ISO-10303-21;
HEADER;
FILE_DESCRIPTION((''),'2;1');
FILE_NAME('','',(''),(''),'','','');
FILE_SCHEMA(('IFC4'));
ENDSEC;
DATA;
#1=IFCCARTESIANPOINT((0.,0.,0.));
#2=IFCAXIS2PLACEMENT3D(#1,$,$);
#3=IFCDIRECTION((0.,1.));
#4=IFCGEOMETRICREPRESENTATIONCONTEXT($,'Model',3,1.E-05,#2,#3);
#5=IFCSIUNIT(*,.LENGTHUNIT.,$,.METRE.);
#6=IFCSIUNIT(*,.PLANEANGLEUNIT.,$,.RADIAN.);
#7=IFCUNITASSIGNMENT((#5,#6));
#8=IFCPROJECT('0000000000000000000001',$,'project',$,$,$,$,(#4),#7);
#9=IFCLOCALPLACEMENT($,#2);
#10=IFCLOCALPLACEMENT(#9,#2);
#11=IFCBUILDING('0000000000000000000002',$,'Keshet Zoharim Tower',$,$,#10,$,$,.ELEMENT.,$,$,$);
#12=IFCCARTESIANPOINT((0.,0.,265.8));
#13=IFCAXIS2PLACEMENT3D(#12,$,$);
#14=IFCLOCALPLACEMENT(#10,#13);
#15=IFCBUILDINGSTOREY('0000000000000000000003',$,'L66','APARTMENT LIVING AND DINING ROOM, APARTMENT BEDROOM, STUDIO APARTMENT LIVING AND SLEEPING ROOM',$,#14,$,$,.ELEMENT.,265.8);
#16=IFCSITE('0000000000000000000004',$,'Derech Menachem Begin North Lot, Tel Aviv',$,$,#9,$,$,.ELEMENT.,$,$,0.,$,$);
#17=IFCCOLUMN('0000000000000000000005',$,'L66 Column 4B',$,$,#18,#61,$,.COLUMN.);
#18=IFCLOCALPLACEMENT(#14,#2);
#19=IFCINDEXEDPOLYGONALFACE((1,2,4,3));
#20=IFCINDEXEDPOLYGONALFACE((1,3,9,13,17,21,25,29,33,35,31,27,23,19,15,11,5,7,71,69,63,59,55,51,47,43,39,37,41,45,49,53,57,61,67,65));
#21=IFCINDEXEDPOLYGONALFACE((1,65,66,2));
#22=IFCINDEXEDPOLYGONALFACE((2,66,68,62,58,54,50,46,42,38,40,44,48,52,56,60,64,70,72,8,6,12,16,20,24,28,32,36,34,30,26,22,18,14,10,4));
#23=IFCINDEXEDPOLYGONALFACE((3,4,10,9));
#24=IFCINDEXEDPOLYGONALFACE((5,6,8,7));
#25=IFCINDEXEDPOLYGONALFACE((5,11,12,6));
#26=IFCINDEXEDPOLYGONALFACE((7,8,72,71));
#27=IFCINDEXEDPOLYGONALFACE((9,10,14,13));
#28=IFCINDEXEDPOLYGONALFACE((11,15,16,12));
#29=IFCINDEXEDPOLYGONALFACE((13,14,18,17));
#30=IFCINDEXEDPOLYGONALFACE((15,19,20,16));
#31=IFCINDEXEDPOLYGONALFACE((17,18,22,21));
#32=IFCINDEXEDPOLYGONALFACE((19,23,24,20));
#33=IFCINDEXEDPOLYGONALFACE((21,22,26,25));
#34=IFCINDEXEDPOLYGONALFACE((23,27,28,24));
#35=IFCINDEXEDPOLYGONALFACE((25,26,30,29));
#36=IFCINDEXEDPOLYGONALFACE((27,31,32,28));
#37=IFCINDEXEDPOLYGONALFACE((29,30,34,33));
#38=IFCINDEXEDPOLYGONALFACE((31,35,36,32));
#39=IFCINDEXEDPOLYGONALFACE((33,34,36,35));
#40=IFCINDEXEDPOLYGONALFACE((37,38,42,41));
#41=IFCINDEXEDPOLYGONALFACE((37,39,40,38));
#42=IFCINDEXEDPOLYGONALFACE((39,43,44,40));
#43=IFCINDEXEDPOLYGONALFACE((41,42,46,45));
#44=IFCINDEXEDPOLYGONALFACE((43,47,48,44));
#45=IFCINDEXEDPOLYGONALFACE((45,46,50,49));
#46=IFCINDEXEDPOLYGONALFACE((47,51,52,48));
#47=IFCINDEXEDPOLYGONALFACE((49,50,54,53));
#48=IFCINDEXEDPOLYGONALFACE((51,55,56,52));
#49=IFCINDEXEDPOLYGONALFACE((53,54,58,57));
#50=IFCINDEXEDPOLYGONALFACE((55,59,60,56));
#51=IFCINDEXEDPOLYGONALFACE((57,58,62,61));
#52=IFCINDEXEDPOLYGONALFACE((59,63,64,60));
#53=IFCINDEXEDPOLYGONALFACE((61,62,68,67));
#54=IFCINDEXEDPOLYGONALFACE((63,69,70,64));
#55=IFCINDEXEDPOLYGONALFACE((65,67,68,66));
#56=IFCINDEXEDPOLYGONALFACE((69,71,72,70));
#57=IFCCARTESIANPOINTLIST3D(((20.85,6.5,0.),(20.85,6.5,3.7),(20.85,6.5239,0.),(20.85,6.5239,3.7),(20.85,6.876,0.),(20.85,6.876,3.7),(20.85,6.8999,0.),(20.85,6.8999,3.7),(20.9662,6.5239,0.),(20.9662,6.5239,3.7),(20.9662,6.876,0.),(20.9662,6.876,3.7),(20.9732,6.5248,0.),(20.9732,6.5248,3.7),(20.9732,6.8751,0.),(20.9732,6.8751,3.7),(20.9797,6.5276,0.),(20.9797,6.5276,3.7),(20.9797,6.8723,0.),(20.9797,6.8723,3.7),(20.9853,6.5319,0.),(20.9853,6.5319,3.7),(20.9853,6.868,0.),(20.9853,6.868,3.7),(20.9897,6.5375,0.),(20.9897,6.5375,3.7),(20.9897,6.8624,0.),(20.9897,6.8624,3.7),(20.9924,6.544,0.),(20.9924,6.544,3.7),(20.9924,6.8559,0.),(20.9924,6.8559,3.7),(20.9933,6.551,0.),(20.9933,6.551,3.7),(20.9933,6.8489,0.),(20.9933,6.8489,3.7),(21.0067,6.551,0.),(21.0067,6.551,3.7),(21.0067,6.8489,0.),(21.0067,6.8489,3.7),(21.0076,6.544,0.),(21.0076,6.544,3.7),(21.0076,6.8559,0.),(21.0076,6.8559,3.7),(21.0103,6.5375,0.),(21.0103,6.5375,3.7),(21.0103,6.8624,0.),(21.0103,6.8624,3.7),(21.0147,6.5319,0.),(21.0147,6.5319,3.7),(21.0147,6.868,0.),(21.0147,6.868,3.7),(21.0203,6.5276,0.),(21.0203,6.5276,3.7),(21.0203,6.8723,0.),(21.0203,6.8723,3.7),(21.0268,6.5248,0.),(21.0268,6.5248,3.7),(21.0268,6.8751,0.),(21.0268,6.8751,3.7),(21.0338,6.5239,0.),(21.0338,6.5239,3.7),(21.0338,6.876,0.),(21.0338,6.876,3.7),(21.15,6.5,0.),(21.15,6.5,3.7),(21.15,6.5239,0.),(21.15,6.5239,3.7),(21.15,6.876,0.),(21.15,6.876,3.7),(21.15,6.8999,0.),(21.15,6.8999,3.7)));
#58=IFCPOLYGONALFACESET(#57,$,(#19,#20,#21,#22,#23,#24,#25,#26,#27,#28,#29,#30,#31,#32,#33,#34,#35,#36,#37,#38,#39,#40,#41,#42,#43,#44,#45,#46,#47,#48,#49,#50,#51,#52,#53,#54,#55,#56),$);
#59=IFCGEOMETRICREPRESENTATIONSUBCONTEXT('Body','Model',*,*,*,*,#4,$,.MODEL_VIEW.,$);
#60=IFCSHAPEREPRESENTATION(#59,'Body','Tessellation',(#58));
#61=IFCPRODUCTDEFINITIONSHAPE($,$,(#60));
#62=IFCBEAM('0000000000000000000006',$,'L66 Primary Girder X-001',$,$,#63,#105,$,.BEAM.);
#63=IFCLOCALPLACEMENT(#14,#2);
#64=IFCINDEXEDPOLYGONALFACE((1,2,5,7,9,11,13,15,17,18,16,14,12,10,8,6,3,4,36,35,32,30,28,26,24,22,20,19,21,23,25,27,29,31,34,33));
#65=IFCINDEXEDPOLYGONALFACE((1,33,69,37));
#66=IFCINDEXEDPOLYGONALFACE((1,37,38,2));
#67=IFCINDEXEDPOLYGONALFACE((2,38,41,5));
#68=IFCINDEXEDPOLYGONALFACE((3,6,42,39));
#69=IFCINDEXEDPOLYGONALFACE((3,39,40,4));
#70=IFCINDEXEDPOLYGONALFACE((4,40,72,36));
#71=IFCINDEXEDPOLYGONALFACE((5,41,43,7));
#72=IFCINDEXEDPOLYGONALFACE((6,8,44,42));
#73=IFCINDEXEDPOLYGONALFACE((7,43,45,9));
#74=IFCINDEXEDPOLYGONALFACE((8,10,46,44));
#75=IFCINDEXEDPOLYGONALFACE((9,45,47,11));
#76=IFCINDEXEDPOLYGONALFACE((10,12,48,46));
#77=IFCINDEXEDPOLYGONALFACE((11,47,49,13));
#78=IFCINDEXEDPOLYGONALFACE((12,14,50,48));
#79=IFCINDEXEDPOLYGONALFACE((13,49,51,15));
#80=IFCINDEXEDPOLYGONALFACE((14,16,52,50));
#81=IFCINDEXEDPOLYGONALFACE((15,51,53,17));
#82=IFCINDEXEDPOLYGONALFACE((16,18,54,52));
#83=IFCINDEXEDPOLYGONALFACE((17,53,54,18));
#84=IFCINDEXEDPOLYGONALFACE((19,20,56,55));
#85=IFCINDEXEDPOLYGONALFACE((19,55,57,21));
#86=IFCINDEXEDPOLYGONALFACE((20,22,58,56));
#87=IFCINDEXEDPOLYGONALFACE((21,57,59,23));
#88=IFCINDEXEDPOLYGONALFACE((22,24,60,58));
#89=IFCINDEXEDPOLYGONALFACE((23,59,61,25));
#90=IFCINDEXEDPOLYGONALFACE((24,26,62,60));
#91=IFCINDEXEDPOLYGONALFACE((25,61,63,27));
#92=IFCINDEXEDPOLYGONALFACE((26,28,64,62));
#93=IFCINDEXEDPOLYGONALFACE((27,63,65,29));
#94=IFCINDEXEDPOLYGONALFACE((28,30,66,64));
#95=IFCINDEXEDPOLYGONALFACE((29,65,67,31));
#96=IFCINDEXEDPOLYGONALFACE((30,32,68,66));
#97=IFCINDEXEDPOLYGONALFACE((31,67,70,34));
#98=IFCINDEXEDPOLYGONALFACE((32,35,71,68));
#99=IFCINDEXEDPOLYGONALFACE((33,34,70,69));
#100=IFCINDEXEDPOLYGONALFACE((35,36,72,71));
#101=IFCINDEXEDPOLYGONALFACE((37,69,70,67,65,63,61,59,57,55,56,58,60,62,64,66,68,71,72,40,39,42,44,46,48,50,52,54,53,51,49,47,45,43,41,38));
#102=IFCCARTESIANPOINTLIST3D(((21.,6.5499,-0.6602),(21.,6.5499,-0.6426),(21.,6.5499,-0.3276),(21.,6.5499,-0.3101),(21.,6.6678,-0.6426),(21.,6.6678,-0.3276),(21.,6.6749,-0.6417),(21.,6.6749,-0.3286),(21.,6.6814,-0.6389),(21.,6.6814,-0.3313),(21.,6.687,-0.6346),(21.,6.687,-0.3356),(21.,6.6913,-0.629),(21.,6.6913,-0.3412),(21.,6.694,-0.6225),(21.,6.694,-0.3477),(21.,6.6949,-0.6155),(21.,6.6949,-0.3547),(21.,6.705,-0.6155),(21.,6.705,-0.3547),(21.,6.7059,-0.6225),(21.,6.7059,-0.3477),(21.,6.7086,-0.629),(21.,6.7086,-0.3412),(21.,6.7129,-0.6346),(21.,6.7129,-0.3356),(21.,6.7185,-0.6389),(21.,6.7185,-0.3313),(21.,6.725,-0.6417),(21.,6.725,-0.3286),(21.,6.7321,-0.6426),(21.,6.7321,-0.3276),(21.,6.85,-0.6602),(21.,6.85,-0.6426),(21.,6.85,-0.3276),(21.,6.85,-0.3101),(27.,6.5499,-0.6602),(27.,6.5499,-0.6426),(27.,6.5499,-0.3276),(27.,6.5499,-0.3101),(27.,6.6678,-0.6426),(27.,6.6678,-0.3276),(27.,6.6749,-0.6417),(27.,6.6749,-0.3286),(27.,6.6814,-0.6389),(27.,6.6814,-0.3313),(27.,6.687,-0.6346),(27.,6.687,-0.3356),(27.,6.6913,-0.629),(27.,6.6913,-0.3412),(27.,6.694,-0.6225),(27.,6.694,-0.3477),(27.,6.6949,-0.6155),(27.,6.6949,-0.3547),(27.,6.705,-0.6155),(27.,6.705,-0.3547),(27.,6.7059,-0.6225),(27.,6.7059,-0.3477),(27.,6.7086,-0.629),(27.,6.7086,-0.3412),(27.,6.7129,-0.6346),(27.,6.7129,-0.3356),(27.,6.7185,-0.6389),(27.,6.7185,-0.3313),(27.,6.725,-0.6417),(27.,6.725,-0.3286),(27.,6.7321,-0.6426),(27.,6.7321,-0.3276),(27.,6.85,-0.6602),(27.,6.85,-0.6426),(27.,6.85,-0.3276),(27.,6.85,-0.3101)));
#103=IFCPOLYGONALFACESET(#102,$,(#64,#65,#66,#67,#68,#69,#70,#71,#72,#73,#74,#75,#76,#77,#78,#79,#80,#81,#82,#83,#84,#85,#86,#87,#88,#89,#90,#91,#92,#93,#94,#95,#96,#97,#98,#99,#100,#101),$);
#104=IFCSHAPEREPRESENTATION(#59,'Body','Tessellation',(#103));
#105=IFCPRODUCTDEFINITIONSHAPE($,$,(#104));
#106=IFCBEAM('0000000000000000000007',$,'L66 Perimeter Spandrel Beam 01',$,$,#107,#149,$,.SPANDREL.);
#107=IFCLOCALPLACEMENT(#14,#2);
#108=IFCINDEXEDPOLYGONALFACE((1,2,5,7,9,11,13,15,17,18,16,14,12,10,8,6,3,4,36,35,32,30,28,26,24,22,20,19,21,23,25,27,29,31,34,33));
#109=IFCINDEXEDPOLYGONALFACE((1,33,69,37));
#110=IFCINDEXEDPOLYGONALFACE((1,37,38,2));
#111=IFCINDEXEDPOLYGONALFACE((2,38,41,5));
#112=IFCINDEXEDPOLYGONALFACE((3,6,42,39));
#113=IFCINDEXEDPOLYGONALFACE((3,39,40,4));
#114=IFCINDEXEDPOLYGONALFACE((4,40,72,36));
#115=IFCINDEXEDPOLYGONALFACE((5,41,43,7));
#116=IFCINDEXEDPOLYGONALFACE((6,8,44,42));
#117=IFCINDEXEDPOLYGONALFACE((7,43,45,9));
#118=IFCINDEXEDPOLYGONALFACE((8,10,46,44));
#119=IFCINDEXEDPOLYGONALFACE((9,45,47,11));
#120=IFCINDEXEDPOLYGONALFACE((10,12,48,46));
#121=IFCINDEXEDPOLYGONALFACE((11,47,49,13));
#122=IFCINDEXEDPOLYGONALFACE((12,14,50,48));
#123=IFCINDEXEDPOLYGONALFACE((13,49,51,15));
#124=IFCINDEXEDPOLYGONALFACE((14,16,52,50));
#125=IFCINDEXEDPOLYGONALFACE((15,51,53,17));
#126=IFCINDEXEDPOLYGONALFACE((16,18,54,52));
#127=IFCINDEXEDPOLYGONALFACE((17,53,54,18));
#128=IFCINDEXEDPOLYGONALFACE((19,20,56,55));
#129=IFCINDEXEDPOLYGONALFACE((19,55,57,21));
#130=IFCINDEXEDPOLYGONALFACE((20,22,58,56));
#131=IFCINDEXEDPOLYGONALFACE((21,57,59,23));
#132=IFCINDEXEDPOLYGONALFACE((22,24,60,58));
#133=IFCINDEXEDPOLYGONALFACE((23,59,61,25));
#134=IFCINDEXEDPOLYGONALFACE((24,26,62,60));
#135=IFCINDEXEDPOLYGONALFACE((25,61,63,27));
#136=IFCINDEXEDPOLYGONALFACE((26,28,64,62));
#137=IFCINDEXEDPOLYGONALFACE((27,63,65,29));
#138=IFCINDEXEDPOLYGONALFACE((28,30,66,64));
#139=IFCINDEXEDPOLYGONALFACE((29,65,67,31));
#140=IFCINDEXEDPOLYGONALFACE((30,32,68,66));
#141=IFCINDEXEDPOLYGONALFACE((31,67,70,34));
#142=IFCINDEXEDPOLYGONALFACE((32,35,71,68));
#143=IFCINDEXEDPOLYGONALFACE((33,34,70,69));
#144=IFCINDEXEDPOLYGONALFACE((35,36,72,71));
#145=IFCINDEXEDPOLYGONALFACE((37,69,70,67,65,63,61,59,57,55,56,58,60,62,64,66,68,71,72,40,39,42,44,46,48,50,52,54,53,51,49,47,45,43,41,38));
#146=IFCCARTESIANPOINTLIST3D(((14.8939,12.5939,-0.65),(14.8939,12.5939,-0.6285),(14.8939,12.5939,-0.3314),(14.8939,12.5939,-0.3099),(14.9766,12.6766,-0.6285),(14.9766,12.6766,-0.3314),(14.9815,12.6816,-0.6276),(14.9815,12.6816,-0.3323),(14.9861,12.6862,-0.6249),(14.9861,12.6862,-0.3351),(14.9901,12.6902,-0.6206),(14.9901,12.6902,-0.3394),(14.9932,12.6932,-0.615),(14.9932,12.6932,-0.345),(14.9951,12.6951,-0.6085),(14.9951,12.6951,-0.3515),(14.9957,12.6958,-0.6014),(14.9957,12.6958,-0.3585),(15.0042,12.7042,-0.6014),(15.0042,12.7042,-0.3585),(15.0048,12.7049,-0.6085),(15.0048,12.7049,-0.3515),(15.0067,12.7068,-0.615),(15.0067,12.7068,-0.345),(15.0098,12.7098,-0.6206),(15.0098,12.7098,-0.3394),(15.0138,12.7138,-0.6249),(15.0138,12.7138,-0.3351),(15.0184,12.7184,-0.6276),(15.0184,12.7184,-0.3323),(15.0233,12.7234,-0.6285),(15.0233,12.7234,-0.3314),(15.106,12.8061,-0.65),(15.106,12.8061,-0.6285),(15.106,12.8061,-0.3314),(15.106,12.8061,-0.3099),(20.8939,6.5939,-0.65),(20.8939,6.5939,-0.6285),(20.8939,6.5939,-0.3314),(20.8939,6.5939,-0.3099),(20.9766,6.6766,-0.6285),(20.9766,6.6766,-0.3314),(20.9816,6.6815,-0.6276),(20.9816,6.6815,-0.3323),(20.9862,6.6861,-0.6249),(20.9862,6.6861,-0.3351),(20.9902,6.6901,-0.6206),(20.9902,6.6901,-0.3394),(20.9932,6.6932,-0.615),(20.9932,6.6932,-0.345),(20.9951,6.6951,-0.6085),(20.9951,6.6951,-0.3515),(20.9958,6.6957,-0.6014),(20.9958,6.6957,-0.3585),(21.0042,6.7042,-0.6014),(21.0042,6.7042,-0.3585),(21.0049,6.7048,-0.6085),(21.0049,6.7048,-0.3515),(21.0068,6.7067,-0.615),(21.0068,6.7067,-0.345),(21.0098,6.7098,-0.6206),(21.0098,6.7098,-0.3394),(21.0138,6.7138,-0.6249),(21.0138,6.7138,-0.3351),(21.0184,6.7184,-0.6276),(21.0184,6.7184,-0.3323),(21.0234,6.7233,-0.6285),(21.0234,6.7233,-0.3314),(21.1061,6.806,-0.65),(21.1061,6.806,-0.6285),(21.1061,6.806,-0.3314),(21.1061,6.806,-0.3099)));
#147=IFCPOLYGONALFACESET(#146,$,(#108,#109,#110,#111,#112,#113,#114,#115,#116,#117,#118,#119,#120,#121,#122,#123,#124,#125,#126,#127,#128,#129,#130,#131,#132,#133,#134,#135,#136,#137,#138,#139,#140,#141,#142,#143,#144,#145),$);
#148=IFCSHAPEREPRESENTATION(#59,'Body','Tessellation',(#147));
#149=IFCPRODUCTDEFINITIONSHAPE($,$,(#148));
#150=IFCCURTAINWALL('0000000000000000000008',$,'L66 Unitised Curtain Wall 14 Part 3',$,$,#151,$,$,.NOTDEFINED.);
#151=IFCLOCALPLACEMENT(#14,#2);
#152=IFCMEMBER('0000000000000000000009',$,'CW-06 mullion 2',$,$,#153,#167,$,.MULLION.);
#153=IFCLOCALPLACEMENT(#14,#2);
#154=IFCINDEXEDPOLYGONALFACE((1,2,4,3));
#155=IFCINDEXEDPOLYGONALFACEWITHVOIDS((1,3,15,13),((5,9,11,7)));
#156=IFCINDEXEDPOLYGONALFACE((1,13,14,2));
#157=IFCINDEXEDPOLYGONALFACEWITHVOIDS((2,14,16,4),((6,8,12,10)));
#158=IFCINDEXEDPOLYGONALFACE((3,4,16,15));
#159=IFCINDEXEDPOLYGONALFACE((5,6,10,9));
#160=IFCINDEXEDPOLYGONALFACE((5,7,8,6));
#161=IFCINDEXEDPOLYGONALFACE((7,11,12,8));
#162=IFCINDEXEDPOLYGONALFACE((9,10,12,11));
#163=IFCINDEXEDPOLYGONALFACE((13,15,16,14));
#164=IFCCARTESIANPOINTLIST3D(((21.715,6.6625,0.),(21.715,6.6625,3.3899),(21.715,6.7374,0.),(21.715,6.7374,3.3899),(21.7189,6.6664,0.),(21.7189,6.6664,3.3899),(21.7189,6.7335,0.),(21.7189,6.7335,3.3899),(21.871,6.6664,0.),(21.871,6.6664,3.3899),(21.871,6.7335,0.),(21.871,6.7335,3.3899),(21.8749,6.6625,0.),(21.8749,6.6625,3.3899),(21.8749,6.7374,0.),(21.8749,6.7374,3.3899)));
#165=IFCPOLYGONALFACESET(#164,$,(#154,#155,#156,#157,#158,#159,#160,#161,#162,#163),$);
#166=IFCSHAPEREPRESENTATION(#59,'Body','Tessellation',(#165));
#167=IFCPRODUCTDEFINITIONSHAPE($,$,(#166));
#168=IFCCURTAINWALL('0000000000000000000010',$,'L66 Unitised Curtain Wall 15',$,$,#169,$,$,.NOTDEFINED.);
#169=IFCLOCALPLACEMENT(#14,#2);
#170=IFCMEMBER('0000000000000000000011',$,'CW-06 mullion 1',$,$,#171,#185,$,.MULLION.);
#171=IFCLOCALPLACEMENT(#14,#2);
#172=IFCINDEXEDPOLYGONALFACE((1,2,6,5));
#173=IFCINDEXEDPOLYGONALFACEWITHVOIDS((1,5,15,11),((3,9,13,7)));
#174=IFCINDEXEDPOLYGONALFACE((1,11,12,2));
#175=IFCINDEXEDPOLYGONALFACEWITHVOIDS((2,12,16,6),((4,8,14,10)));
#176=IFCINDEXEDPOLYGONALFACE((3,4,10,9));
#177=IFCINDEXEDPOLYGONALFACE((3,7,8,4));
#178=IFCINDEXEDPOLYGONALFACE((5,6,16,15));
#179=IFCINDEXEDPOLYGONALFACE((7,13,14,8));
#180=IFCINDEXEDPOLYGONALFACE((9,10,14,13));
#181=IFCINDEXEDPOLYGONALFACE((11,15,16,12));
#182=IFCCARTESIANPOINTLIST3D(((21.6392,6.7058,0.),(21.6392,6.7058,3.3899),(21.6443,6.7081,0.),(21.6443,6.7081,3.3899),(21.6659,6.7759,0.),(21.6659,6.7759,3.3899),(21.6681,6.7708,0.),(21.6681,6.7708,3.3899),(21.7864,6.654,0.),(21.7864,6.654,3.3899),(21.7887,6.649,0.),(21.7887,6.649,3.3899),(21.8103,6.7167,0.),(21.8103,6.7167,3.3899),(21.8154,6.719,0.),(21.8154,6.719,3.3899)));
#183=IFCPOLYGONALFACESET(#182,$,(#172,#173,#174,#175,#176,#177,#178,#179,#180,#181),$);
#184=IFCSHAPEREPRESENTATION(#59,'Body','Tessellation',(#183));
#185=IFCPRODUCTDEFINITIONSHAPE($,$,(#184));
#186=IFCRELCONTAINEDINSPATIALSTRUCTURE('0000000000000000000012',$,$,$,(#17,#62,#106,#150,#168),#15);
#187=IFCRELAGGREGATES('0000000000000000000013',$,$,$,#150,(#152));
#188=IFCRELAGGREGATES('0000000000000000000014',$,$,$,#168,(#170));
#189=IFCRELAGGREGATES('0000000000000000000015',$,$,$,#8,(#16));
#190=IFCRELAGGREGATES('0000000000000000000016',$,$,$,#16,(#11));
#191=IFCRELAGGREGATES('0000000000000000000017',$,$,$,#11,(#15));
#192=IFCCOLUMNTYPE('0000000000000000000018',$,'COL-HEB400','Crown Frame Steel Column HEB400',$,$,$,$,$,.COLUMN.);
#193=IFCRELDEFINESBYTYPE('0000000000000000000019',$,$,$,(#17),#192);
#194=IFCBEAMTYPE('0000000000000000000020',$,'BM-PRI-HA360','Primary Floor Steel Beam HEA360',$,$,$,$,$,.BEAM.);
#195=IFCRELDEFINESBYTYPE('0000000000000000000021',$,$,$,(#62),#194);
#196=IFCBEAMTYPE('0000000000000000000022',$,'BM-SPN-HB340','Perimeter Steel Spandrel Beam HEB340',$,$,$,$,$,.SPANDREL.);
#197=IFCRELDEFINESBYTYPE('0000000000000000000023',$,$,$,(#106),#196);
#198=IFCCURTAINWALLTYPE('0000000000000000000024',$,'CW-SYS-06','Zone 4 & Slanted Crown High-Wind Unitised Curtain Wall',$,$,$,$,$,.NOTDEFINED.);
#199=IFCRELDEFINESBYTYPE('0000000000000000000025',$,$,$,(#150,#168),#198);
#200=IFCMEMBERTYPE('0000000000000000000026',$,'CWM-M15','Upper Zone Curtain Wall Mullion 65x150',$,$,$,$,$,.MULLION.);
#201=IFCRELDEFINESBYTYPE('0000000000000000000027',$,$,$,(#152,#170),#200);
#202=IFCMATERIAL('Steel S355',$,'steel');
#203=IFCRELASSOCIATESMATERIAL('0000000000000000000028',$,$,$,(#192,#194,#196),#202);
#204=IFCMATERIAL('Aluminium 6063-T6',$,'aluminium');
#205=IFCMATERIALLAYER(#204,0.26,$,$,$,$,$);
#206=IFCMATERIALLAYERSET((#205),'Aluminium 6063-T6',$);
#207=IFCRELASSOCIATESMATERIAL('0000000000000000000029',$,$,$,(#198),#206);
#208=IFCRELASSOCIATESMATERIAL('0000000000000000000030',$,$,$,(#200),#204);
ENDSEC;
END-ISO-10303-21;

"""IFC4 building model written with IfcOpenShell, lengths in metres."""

from ifc_helpers import new_model, si_unit, direction, frame, origin, origin_2d, place, context, subcontext, project, spatial, hollow_rectangle, i_section, extrude, material, layer, layer_set, material_profile, profile_set, type_object, element, aggregate, save


model = new_model("IFC4")

# Units and contexts
model_context = context("Model", 3, precision=1e-05, world=origin(), true_north=direction((0.0, 1.0)))
body_context = subcontext(model_context, "Body", "Model", "MODEL_VIEW")
ifc_project = project(units=[si_unit("LENGTHUNIT", "METRE"), si_unit("PLANEANGLEUNIT", "RADIAN")], contexts=[model_context])

# Site, building, storey
site_placement = place(None, origin())
site = spatial("IfcSite", under=ifc_project, at=site_placement, Name="Derech Menachem Begin North Lot, Tel Aviv", CompositionType="ELEMENT", RefElevation=0.0)
building_placement = place(site_placement, origin())
building = spatial("IfcBuilding", under=site, at=building_placement, Name="Keshet Zoharim Tower", CompositionType="ELEMENT")
storey_placement = place(building_placement, frame((0.0, 0.0, 265.8)))
storey = spatial("IfcBuildingStorey", under=building, at=storey_placement, Name="L66", Description="APARTMENT LIVING AND DINING ROOM, APARTMENT BEDROOM, STUDIO APARTMENT LIVING AND SLEEPING ROOM", CompositionType="ELEMENT", Elevation=265.8)

# Column
ifc_material_1 = material(Name="Steel S355", Category="steel")
ifc_material_profile_1 = material_profile(ifc_material_1, i_section(OverallWidth=0.3, OverallDepth=0.3999, WebThickness=0.0134, FlangeThickness=0.0239, FilletRadius=0.0271, at=origin_2d()), Name="HEB400")
ifc_profile_set_1 = profile_set([ifc_material_profile_1], Name="Steel S355")
column_type = type_object("IfcColumnType", Name="COL-HEB400", Description="Crown Frame Steel Column HEB400", PredefinedType="COLUMN", material=ifc_profile_set_1)
column_placement = place(storey_placement, frame((21.0, 6.7, 0.0), z_axis=(0.0, 0.0, 1.0), x_axis=(1.0, 0.0, 0.0)))
element("IfcColumn", 1, at=column_placement, inside=storey, type_object=column_type, Name="L66 Column 4B", PredefinedType="COLUMN", context=body_context, shape_type="SweptSolid", body=[
    extrude(i_section(OverallWidth=0.3, OverallDepth=0.3999, WebThickness=0.0134, FlangeThickness=0.0239, FilletRadius=0.0271, at=origin_2d()), origin(), (0.0, 0.0, 1.0), 3.7),
])

# Beams
ifc_material_profile_2 = material_profile(ifc_material_1, i_section(OverallWidth=0.3, OverallDepth=0.3501, WebThickness=0.01, FlangeThickness=0.0176, FilletRadius=0.0271, at=origin_2d()), Name="HEA360")
ifc_profile_set_2 = profile_set([ifc_material_profile_2], Name="Steel S355")
beam_type_1 = type_object("IfcBeamType", Name="BM-PRI-HA360", Description="Primary Floor Steel Beam HEA360", PredefinedType="BEAM", material=ifc_profile_set_2)
beam_1_placement = place(storey_placement, frame((21.0, 6.7, -0.4851), z_axis=(1.0, 0.0, 0.0), x_axis=(0.0, 1.0, 0.0)))
element("IfcBeam", 2, at=beam_1_placement, inside=storey, type_object=beam_type_1, Name="L66 Primary Girder X-001", PredefinedType="BEAM", context=body_context, shape_type="SweptSolid", body=[
    extrude(i_section(OverallWidth=0.3, OverallDepth=0.3501, WebThickness=0.01, FlangeThickness=0.0176, FilletRadius=0.0271, at=origin_2d()), origin(), (0.0, 0.0, 1.0), 6.0),
])
ifc_material_profile_3 = material_profile(ifc_material_1, i_section(OverallWidth=0.3, OverallDepth=0.3401, WebThickness=0.012, FlangeThickness=0.0215, FilletRadius=0.0271, at=origin_2d()), Name="HEB340")
ifc_profile_set_3 = profile_set([ifc_material_profile_3], Name="Steel S355")
beam_type_2 = type_object("IfcBeamType", Name="BM-SPN-HB340", Description="Perimeter Steel Spandrel Beam HEB340", PredefinedType="SPANDREL", material=ifc_profile_set_3)
beam_2_placement = place(storey_placement, frame((21.0, 6.7, -0.48), z_axis=(-0.707107, 0.707107, 0.0), x_axis=(-0.707107, -0.707107, 0.0)))
element("IfcBeam", 3, at=beam_2_placement, inside=storey, type_object=beam_type_2, Name="L66 Perimeter Spandrel Beam 01", PredefinedType="SPANDREL", context=body_context, shape_type="SweptSolid", body=[
    extrude(i_section(OverallWidth=0.3, OverallDepth=0.3401, WebThickness=0.012, FlangeThickness=0.0215, FilletRadius=0.0271, at=origin_2d()), origin(), (0.0, 0.0, 1.0), 8.4854),
])

# Curtain wall, member
ifc_material_2 = material(Name="Aluminium 6063-T6", Category="aluminium")
ifc_layer_1 = layer(ifc_material_2, 0.26)
ifc_layer_set_1 = layer_set([ifc_layer_1], Name="Aluminium 6063-T6")
curtain_wall_type = type_object("IfcCurtainWallType", Name="CW-SYS-06", Description="Zone 4 & Slanted Crown High-Wind Unitised Curtain Wall", PredefinedType="NOTDEFINED", material=ifc_layer_set_1)
curtain_wall_1_placement = place(storey_placement, origin())
curtain_wall_1 = element("IfcCurtainWall", 4, at=curtain_wall_1_placement, inside=storey, type_object=curtain_wall_type, Name="L66 Unitised Curtain Wall 14 Part 3", PredefinedType="NOTDEFINED")
ifc_material_profile_4 = material_profile(ifc_material_2, hollow_rectangle(XDim=0.075, YDim=0.1599, WallThickness=0.0039, at=origin_2d()), Name="MUL-75x160")
ifc_profile_set_4 = profile_set([ifc_material_profile_4], Name="Aluminium 6063-T6")
member_type_1 = type_object("IfcMemberType", Name="CWM-M15", Description="Upper Zone Curtain Wall Mullion 65x150", PredefinedType="MULLION", material=ifc_profile_set_4)
member_1_placement = place(storey_placement, frame((21.7949, 6.7, 0.0), z_axis=(0.0, 0.0, 1.0), x_axis=(0.0, -1.0, 0.0)))
member_1 = element("IfcMember", 5, at=member_1_placement, type_object=member_type_1, Name="CW-06 mullion 2", PredefinedType="MULLION", context=body_context, shape_type="SweptSolid", body=[
    extrude(hollow_rectangle(XDim=0.075, YDim=0.1599, WallThickness=0.0039, at=origin_2d()), origin(), (0.0, 0.0, 1.0), 3.3899),
])

# Curtain wall, member
curtain_wall_2_placement = place(storey_placement, origin())
curtain_wall_2 = element("IfcCurtainWall", 6, at=curtain_wall_2_placement, inside=storey, type_object=curtain_wall_type, Name="L66 Unitised Curtain Wall 15", PredefinedType="NOTDEFINED")
member_2_placement = place(storey_placement, frame((21.7273, 6.7124, 0.0), z_axis=(0.0, 0.0, 1.0), x_axis=(-0.355439, -0.934699, 0.0)))
member_2 = element("IfcMember", 7, at=member_2_placement, type_object=member_type_1, Name="CW-06 mullion 1", PredefinedType="MULLION", context=body_context, shape_type="SweptSolid", body=[
    extrude(hollow_rectangle(XDim=0.075, YDim=0.1599, WallThickness=0.0039, at=origin_2d()), origin(), (0.0, 0.0, 1.0), 3.3899),
])

aggregate(curtain_wall_1, [member_1])
aggregate(curtain_wall_2, [member_2])

save(model, "model.ifc")
